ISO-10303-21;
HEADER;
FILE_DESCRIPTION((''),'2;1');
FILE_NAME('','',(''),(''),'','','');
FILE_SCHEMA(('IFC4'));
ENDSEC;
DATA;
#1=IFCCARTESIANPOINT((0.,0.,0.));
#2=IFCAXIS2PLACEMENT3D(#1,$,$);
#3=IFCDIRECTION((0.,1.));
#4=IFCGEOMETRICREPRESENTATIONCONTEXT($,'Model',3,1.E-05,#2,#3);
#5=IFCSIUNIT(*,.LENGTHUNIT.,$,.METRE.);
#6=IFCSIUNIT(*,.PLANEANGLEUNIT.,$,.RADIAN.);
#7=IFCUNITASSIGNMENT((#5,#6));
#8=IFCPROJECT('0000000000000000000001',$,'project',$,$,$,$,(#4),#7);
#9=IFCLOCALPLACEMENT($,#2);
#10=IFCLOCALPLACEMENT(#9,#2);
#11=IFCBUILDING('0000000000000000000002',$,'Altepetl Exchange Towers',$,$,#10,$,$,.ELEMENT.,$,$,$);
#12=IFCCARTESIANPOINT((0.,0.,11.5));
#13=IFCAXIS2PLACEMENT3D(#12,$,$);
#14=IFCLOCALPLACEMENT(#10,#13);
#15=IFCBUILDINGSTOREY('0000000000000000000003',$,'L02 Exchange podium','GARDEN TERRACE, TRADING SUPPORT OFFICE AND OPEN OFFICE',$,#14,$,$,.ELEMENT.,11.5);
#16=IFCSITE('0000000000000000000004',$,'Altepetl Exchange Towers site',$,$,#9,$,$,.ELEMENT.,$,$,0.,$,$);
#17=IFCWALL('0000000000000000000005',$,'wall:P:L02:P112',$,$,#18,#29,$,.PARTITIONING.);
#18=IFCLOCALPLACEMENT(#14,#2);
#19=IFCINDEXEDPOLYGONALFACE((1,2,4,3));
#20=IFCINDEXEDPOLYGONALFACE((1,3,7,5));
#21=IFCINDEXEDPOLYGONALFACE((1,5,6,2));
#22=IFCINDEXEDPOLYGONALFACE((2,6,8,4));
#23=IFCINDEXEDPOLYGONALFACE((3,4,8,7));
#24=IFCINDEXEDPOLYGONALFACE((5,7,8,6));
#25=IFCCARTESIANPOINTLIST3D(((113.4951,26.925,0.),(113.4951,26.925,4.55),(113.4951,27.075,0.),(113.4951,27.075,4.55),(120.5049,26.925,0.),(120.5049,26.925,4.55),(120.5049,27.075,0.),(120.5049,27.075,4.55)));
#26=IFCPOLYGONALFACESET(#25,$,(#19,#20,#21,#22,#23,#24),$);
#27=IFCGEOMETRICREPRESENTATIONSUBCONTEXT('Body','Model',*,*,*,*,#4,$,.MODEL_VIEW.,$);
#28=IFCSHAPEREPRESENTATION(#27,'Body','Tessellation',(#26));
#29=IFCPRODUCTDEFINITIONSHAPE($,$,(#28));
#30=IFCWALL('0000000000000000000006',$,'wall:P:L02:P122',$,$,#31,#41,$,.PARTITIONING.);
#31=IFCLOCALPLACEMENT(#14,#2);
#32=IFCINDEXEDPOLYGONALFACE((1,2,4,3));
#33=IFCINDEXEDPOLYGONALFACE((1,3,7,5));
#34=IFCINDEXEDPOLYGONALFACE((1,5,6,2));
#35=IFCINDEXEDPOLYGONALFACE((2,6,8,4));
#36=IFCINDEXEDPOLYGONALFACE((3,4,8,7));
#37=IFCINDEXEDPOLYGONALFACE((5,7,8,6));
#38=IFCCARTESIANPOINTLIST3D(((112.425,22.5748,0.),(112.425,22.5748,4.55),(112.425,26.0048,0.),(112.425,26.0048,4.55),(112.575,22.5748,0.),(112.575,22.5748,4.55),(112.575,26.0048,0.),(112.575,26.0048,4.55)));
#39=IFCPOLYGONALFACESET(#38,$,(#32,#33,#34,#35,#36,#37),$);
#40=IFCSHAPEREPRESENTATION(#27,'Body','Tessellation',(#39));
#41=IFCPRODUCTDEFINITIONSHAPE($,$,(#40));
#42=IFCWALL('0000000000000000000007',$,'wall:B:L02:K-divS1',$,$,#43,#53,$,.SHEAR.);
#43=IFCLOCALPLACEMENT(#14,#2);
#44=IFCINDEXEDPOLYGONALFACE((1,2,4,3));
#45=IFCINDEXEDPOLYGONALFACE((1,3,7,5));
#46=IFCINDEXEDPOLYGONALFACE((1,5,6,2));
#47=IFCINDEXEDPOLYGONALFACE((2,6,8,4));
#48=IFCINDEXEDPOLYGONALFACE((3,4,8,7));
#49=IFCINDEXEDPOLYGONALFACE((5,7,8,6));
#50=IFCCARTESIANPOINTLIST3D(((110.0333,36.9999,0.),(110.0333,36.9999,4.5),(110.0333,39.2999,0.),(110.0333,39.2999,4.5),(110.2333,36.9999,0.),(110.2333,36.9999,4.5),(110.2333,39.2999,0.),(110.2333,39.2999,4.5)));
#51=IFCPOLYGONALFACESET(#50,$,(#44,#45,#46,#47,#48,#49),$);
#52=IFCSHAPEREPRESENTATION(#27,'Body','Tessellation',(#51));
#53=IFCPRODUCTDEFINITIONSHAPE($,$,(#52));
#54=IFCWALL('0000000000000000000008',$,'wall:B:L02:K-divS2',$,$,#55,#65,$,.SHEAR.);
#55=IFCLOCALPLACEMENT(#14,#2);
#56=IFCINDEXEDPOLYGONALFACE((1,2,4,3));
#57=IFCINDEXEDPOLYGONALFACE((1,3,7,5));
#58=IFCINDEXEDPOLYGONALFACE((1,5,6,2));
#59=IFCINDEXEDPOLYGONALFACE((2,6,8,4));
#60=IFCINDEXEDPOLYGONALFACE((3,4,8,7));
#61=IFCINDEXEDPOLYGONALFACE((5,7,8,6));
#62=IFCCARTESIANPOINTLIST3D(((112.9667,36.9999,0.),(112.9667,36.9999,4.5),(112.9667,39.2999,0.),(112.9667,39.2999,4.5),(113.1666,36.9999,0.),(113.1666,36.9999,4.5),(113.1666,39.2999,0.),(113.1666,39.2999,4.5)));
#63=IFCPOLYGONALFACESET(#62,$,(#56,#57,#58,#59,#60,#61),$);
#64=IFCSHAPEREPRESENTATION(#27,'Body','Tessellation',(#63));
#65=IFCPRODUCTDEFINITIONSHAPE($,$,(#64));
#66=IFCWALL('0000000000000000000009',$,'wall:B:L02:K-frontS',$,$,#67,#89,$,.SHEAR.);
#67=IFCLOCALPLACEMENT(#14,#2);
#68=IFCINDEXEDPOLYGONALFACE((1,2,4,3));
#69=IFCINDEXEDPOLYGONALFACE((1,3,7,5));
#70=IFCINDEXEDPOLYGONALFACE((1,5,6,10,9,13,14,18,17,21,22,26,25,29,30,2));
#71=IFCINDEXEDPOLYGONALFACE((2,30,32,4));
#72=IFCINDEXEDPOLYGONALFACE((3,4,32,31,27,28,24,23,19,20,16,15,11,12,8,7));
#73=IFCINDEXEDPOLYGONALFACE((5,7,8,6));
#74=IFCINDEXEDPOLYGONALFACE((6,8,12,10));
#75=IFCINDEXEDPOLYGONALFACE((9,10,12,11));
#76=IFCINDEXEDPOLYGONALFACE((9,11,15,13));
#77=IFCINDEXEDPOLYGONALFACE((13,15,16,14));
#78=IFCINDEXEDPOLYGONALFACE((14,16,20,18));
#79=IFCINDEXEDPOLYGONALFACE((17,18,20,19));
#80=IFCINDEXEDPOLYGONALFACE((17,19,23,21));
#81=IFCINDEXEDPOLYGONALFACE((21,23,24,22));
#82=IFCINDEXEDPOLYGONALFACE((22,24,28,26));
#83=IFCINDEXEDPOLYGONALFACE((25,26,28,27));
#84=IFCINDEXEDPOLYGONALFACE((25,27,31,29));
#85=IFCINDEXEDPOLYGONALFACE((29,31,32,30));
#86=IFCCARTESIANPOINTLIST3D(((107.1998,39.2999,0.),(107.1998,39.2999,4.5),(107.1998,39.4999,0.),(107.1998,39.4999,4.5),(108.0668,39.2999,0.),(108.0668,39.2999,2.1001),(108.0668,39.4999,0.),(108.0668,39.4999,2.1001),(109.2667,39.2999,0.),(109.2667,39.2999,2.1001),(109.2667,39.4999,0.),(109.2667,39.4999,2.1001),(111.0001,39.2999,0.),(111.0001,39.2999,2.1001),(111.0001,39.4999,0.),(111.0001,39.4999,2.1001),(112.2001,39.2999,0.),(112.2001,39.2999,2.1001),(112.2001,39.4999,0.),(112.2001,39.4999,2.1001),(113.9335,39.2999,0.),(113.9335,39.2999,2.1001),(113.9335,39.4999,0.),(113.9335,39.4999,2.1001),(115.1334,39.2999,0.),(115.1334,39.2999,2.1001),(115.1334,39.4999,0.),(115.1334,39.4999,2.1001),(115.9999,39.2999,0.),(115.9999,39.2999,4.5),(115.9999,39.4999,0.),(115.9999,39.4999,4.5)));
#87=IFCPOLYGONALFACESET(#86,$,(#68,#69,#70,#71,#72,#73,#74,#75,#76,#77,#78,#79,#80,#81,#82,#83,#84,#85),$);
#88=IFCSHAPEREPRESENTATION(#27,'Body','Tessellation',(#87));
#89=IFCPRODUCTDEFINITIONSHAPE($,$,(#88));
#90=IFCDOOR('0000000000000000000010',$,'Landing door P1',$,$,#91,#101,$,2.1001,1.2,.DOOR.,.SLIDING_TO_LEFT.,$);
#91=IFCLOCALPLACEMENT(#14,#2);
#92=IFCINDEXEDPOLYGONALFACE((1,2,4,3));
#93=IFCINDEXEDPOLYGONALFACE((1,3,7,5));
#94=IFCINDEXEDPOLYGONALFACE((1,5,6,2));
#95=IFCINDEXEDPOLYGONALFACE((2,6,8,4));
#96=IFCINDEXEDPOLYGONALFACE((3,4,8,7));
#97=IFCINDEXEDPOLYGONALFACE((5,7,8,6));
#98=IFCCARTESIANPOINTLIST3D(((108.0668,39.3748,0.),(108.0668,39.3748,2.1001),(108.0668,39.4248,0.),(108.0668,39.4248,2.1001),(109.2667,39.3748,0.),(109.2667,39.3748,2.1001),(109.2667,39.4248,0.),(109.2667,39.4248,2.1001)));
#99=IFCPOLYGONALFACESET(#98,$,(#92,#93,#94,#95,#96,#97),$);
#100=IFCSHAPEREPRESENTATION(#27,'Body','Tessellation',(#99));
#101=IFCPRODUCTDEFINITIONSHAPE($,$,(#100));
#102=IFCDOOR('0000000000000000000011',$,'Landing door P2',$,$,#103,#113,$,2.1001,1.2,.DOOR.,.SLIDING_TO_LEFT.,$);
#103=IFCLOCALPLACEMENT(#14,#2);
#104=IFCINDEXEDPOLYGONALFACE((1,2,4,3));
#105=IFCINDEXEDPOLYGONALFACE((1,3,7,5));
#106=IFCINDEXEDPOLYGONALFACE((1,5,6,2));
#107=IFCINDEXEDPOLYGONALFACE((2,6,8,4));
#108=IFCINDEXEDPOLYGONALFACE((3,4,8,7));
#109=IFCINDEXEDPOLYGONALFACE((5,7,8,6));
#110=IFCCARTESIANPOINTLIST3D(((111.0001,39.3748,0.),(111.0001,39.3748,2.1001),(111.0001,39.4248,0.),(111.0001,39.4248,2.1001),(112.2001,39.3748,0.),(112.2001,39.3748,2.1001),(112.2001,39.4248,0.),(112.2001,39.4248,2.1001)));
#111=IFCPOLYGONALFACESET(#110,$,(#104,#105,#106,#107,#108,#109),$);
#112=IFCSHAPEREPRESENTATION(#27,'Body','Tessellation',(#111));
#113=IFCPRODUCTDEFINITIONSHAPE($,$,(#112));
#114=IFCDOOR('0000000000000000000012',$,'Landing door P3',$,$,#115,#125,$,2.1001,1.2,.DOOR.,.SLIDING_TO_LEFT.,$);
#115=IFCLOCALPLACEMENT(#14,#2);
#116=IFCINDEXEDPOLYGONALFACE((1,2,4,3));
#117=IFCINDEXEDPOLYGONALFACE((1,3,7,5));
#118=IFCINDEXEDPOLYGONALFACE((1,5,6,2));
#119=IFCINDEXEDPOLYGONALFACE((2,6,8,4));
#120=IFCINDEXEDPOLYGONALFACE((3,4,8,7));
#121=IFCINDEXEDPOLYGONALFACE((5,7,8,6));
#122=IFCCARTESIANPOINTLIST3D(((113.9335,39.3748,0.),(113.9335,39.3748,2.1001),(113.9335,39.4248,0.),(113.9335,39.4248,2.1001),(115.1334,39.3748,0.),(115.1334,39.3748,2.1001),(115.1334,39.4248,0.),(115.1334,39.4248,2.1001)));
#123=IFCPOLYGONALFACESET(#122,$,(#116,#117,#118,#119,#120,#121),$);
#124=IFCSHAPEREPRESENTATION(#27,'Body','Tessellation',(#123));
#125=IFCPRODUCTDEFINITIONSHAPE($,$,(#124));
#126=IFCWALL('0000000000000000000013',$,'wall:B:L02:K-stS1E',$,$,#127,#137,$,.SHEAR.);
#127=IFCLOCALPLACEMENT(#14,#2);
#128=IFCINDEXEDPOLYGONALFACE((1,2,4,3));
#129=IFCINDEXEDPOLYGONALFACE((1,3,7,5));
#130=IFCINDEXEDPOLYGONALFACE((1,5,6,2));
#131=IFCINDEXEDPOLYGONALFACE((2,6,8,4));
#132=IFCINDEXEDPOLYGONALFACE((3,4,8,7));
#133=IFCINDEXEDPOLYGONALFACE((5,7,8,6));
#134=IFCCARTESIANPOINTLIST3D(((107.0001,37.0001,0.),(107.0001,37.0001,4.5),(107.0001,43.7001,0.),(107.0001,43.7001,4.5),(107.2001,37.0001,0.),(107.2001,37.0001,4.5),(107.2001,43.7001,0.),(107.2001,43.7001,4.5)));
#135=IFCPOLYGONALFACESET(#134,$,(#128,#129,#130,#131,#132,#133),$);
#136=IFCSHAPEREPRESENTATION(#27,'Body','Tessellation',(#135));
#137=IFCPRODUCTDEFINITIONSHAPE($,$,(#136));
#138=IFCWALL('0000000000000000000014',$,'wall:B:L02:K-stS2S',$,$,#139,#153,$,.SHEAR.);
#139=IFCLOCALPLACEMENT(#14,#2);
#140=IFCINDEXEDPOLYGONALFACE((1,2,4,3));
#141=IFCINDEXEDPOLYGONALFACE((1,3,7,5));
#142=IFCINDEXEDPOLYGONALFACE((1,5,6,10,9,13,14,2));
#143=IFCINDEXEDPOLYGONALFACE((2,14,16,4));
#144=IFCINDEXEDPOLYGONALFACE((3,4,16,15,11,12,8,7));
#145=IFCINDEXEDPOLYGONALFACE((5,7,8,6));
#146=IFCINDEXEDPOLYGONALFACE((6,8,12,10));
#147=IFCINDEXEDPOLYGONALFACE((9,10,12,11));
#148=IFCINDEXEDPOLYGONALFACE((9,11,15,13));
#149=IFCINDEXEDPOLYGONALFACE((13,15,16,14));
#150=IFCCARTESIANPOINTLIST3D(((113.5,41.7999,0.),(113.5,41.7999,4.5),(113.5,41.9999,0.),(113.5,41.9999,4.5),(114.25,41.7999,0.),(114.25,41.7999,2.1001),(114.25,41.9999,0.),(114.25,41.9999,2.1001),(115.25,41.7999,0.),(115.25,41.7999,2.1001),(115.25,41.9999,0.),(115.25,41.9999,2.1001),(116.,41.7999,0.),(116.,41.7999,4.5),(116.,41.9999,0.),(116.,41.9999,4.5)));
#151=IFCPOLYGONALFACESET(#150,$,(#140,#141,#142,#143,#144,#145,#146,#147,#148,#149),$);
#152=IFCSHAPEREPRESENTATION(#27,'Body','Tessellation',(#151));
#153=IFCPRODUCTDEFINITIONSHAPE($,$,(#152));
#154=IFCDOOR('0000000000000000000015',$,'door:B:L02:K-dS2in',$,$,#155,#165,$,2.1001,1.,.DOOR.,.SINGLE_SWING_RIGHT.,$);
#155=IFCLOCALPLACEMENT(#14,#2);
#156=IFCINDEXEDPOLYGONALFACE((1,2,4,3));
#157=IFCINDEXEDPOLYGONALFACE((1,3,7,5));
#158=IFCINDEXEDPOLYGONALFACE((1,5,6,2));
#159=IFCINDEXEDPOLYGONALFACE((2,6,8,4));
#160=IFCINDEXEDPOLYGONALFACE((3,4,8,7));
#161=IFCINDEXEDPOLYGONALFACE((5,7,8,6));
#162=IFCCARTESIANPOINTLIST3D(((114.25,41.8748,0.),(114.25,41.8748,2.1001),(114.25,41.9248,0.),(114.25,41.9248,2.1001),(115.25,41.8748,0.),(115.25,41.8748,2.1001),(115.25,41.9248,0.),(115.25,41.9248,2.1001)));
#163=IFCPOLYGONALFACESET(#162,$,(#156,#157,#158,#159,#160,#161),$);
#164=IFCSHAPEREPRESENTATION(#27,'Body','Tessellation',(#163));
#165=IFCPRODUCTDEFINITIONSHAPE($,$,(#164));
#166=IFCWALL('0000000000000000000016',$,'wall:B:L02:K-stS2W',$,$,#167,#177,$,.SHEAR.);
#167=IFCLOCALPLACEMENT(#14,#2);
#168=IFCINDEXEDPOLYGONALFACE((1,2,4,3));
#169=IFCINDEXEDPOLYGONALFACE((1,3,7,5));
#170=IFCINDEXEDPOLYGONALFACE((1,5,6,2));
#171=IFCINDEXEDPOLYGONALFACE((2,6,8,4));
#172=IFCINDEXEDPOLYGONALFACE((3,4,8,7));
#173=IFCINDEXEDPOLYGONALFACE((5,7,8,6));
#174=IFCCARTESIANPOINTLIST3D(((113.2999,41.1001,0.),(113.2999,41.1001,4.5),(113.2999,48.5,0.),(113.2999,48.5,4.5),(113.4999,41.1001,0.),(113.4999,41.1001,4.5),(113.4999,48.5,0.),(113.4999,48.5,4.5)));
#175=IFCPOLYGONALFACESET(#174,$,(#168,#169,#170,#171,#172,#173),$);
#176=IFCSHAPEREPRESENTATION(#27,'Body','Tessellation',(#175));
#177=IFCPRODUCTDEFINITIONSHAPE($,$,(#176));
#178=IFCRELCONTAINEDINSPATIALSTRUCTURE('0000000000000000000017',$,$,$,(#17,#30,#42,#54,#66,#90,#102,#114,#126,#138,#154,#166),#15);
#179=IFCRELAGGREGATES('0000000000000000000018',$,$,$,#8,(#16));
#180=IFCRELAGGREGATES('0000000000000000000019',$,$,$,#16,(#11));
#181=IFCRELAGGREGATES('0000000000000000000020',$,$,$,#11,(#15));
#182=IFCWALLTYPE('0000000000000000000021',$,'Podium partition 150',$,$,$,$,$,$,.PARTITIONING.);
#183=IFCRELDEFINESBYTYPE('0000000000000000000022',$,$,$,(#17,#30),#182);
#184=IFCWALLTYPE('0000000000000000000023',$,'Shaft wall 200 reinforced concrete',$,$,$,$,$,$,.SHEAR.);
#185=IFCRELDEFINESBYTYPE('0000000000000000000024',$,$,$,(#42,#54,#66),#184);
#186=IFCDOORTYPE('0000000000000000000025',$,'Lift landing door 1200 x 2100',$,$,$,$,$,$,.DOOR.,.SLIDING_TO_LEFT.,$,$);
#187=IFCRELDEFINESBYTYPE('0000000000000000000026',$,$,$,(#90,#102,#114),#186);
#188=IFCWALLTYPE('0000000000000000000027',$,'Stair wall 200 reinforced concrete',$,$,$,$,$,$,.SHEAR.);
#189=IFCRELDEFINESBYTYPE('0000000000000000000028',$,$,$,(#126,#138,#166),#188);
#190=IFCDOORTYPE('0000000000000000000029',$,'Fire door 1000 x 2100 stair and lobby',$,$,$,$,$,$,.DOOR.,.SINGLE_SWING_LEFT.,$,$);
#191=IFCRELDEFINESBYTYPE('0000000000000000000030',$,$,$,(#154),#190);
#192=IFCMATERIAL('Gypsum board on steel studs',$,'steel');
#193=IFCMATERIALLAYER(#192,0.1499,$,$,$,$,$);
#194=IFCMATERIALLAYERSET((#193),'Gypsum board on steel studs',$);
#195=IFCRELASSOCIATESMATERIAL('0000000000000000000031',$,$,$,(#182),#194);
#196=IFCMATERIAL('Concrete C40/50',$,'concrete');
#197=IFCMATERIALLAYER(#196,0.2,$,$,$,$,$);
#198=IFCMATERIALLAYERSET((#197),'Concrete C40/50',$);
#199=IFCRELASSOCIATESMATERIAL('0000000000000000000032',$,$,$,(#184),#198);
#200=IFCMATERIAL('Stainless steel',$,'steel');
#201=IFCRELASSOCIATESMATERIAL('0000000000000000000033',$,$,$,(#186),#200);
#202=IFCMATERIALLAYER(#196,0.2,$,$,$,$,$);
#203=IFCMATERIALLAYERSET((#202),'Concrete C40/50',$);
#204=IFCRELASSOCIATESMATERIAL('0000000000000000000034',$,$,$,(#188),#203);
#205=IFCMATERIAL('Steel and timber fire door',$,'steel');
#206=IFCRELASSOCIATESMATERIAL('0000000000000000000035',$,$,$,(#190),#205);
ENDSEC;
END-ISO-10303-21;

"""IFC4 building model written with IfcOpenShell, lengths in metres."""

from ifc_helpers import new_model, si_unit, direction, frame, frame_2d, origin, place, context, subcontext, project, spatial, rectangle, extrude, material, layer, layer_set, type_object, element, fill, save


model = new_model("IFC4")

# Units and contexts
model_context = context("Model", 3, precision=1e-05, world=origin(), true_north=direction((0.0, 1.0)))
body_context = subcontext(model_context, "Body", "Model", "MODEL_VIEW")
ifc_project = project(units=[si_unit("LENGTHUNIT", "METRE"), si_unit("PLANEANGLEUNIT", "RADIAN")], contexts=[model_context])

# Site, building, storey
site_placement = place(None, origin())
site = spatial("IfcSite", under=ifc_project, at=site_placement, Name="Altepetl Exchange Towers site", CompositionType="ELEMENT", RefElevation=0.0)
building_placement = place(site_placement, origin())
building = spatial("IfcBuilding", under=site, at=building_placement, Name="Altepetl Exchange Towers", CompositionType="ELEMENT")
storey_placement = place(building_placement, frame((0.0, 0.0, 11.5)))
storey = spatial("IfcBuildingStorey", under=building, at=storey_placement, Name="L02 Exchange podium", Description="GARDEN TERRACE, TRADING SUPPORT OFFICE AND OPEN OFFICE", CompositionType="ELEMENT", Elevation=11.5)

# Shared definitions
ifc_material_1 = material(Name="Steel and timber fire door", Category="steel")

# Walls
ifc_material_2 = material(Name="Gypsum board on steel studs", Category="steel")
ifc_layer_1 = layer(ifc_material_2, 0.1499)
ifc_layer_set_1 = layer_set([ifc_layer_1], Name="Gypsum board on steel studs")
wall_type_1 = type_object("IfcWallType", Name="Podium partition 150", PredefinedType="PARTITIONING", material=ifc_layer_set_1)
wall_1_placement = place(storey_placement, frame((113.4951, 27.0, 0.0)))
element("IfcWall", 1, at=wall_1_placement, inside=storey, type_object=wall_type_1, Name="wall:P:L02:P112", PredefinedType="PARTITIONING", context=body_context, shape_type="SweptSolid", body=[
    extrude(rectangle(XDim=7.0098, YDim=0.1499, at=frame_2d((3.5049, 0.0))), origin(), (0.0, 0.0, 1.0), 4.55),
])
wall_2_placement = place(storey_placement, frame((112.5, 22.575, 0.0), z_axis=(0.0, 0.0, 1.0), x_axis=(0.0, 1.0, 0.0)))
element("IfcWall", 2, at=wall_2_placement, inside=storey, type_object=wall_type_1, Name="wall:P:L02:P122", PredefinedType="PARTITIONING", context=body_context, shape_type="SweptSolid", body=[
    extrude(rectangle(XDim=3.4299, YDim=0.1499, at=frame_2d((1.7148, 0.0))), origin(), (0.0, 0.0, 1.0), 4.55),
])
ifc_material_3 = material(Name="Concrete C40/50", Category="concrete")
ifc_layer_2 = layer(ifc_material_3, 0.2)
ifc_layer_set_2 = layer_set([ifc_layer_2], Name="Concrete C40/50")
wall_type_2 = type_object("IfcWallType", Name="Shaft wall 200 reinforced concrete", PredefinedType="SHEAR", material=ifc_layer_set_2)
for number, where, z_axis, x_axis, name in (
    (3, (110.1333, 37.0, 0.0), (0.0, 0.0, 1.0), (0.0, 1.0, 0.0), "wall:B:L02:K-divS1"),
    (4, (113.0667, 37.0, 0.0), (0.0, 0.0, 1.0), (0.0, 1.0, 0.0), "wall:B:L02:K-divS2"),
):
    element("IfcWall", number, at=place(storey_placement, frame(where, z_axis=z_axis, x_axis=x_axis)), inside=storey, type_object=wall_type_2, Name=name, PredefinedType="SHEAR", context=body_context, shape_type="SweptSolid", body=[
        extrude(rectangle(XDim=2.3, YDim=0.2, at=frame_2d((1.1499, 0.0))), origin(), (0.0, 0.0, 1.0), 4.5),
    ])

# Wall, openings, doors
wall_3_placement = place(storey_placement, frame((107.2, 39.3999, 0.0)))
wall_3 = element("IfcWall", 5, at=wall_3_placement, inside=storey, type_object=wall_type_2, Name="wall:B:L02:K-frontS", PredefinedType="SHEAR", context=body_context, shape_type="SweptSolid", body=[
    extrude(rectangle(XDim=8.8, YDim=0.2, at=frame_2d((4.3999, 0.0))), origin(), (0.0, 0.0, 1.0), 4.5),
])
opening_1_placement = place(wall_3_placement, frame((0.8667, 0.0, 0.0)))
opening_1 = element("IfcOpeningElement", 6, at=opening_1_placement, cuts=wall_3, PredefinedType="OPENING", context=body_context, shape_type="SweptSolid", body=[
    extrude(rectangle(XDim=1.2, YDim=2.1001, at=frame_2d((0.6001, 1.05))), frame((0.0, 0.1099, 0.0), z_axis=(0.0, -1.0, 0.0), x_axis=(1.0, 0.0, 0.0)), (0.0, 0.0, 1.0), 0.22),
])
opening_2_placement = place(wall_3_placement, frame((3.8, 0.0, 0.0)))
opening_2 = element("IfcOpeningElement", 7, at=opening_2_placement, cuts=wall_3, PredefinedType="OPENING", context=body_context, shape_type="SweptSolid", body=[
    extrude(rectangle(XDim=1.2, YDim=2.1001, at=frame_2d((0.6001, 1.05))), frame((0.0, 0.1099, 0.0), z_axis=(0.0, -1.0, 0.0), x_axis=(1.0, 0.0, 0.0)), (0.0, 0.0, 1.0), 0.22),
])
opening_3_placement = place(wall_3_placement, frame((6.7334, 0.0, 0.0)))
opening_3 = element("IfcOpeningElement", 8, at=opening_3_placement, cuts=wall_3, PredefinedType="OPENING", context=body_context, shape_type="SweptSolid", body=[
    extrude(rectangle(XDim=1.2, YDim=2.1001, at=frame_2d((0.6001, 1.05))), frame((0.0, 0.1099, 0.0), z_axis=(0.0, -1.0, 0.0), x_axis=(1.0, 0.0, 0.0)), (0.0, 0.0, 1.0), 0.22),
])
ifc_material_4 = material(Name="Stainless steel", Category="steel")
door_type_1 = type_object("IfcDoorType", Name="Lift landing door 1200 x 2100", OperationType="SLIDING_TO_LEFT", PredefinedType="DOOR", material=ifc_material_4)
door_1_placement = place(opening_1_placement, origin())
door_1 = element("IfcDoor", 9, at=door_1_placement, inside=storey, type_object=door_type_1, Name="Landing door P1", OperationType="SLIDING_TO_LEFT", OverallHeight=2.1001, OverallWidth=1.2, PredefinedType="DOOR", context=body_context, shape_type="SweptSolid", body=[
    extrude(rectangle(XDim=1.2, YDim=2.1001, at=frame_2d((0.6001, 1.05))), frame((0.0, 0.0249, 0.0), z_axis=(0.0, -1.0, 0.0), x_axis=(1.0, 0.0, 0.0)), (0.0, 0.0, 1.0), 0.05),
])
fill(opening_1, door_1)
door_2_placement = place(opening_2_placement, origin())
door_2 = element("IfcDoor", 10, at=door_2_placement, inside=storey, type_object=door_type_1, Name="Landing door P2", OperationType="SLIDING_TO_LEFT", OverallHeight=2.1001, OverallWidth=1.2, PredefinedType="DOOR", context=body_context, shape_type="SweptSolid", body=[
    extrude(rectangle(XDim=1.2, YDim=2.1001, at=frame_2d((0.6001, 1.05))), frame((0.0, 0.0249, 0.0), z_axis=(0.0, -1.0, 0.0), x_axis=(1.0, 0.0, 0.0)), (0.0, 0.0, 1.0), 0.05),
])
fill(opening_2, door_2)
door_3_placement = place(opening_3_placement, origin())
door_3 = element("IfcDoor", 11, at=door_3_placement, inside=storey, type_object=door_type_1, Name="Landing door P3", OperationType="SLIDING_TO_LEFT", OverallHeight=2.1001, OverallWidth=1.2, PredefinedType="DOOR", context=body_context, shape_type="SweptSolid", body=[
    extrude(rectangle(XDim=1.2, YDim=2.1001, at=frame_2d((0.6001, 1.05))), frame((0.0, 0.0249, 0.0), z_axis=(0.0, -1.0, 0.0), x_axis=(1.0, 0.0, 0.0)), (0.0, 0.0, 1.0), 0.05),
])
fill(opening_3, door_3)

# Wall
ifc_layer_3 = layer(ifc_material_3, 0.2)
ifc_layer_set_3 = layer_set([ifc_layer_3], Name="Concrete C40/50")
wall_type_3 = type_object("IfcWallType", Name="Stair wall 200 reinforced concrete", PredefinedType="SHEAR", material=ifc_layer_set_3)
wall_4_placement = place(storey_placement, frame((107.1001, 37.0, 0.0), z_axis=(0.0, 0.0, 1.0), x_axis=(0.0, 1.0, 0.0)))
element("IfcWall", 12, at=wall_4_placement, inside=storey, type_object=wall_type_3, Name="wall:B:L02:K-stS1E", PredefinedType="SHEAR", context=body_context, shape_type="SweptSolid", body=[
    extrude(rectangle(XDim=6.7, YDim=0.2, at=frame_2d((3.3501, 0.0))), origin(), (0.0, 0.0, 1.0), 4.5),
])

# Wall, opening, door
wall_5_placement = place(storey_placement, frame((113.5, 41.8999, 0.0)))
wall_5 = element("IfcWall", 13, at=wall_5_placement, inside=storey, type_object=wall_type_3, Name="wall:B:L02:K-stS2S", PredefinedType="SHEAR", context=body_context, shape_type="SweptSolid", body=[
    extrude(rectangle(XDim=2.5, YDim=0.2, at=frame_2d((1.25, 0.0))), origin(), (0.0, 0.0, 1.0), 4.5),
])
opening_4_placement = place(wall_5_placement, frame((0.75, 0.0, 0.0)))
opening_4 = element("IfcOpeningElement", 14, at=opening_4_placement, cuts=wall_5, PredefinedType="OPENING", context=body_context, shape_type="SweptSolid", body=[
    extrude(rectangle(XDim=1.0, YDim=2.1001, at=frame_2d((0.5, 1.05))), frame((0.0, 0.1099, 0.0), z_axis=(0.0, -1.0, 0.0), x_axis=(1.0, 0.0, 0.0)), (0.0, 0.0, 1.0), 0.22),
])
door_type_2 = type_object("IfcDoorType", Name="Fire door 1000 x 2100 stair and lobby", OperationType="SINGLE_SWING_LEFT", PredefinedType="DOOR", material=ifc_material_1)
door_4_placement = place(opening_4_placement, origin())
door_4 = element("IfcDoor", 15, at=door_4_placement, inside=storey, type_object=door_type_2, Name="door:B:L02:K-dS2in", OperationType="SINGLE_SWING_RIGHT", OverallHeight=2.1001, OverallWidth=1.0, PredefinedType="DOOR", context=body_context, shape_type="SweptSolid", body=[
    extrude(rectangle(XDim=1.0, YDim=2.1001, at=frame_2d((0.5, 1.05))), frame((0.0, 0.0249, 0.0), z_axis=(0.0, -1.0, 0.0), x_axis=(1.0, 0.0, 0.0)), (0.0, 0.0, 1.0), 0.05),
])
fill(opening_4, door_4)

# Wall
wall_6_placement = place(storey_placement, frame((113.3999, 41.1001, 0.0), z_axis=(0.0, 0.0, 1.0), x_axis=(0.0, 1.0, 0.0)))
element("IfcWall", 16, at=wall_6_placement, inside=storey, type_object=wall_type_3, Name="wall:B:L02:K-stS2W", PredefinedType="SHEAR", context=body_context, shape_type="SweptSolid", body=[
    extrude(rectangle(XDim=7.3999, YDim=0.2, at=frame_2d((3.7, 0.0))), origin(), (0.0, 0.0, 1.0), 4.5),
])

save(model, "model.ifc")
